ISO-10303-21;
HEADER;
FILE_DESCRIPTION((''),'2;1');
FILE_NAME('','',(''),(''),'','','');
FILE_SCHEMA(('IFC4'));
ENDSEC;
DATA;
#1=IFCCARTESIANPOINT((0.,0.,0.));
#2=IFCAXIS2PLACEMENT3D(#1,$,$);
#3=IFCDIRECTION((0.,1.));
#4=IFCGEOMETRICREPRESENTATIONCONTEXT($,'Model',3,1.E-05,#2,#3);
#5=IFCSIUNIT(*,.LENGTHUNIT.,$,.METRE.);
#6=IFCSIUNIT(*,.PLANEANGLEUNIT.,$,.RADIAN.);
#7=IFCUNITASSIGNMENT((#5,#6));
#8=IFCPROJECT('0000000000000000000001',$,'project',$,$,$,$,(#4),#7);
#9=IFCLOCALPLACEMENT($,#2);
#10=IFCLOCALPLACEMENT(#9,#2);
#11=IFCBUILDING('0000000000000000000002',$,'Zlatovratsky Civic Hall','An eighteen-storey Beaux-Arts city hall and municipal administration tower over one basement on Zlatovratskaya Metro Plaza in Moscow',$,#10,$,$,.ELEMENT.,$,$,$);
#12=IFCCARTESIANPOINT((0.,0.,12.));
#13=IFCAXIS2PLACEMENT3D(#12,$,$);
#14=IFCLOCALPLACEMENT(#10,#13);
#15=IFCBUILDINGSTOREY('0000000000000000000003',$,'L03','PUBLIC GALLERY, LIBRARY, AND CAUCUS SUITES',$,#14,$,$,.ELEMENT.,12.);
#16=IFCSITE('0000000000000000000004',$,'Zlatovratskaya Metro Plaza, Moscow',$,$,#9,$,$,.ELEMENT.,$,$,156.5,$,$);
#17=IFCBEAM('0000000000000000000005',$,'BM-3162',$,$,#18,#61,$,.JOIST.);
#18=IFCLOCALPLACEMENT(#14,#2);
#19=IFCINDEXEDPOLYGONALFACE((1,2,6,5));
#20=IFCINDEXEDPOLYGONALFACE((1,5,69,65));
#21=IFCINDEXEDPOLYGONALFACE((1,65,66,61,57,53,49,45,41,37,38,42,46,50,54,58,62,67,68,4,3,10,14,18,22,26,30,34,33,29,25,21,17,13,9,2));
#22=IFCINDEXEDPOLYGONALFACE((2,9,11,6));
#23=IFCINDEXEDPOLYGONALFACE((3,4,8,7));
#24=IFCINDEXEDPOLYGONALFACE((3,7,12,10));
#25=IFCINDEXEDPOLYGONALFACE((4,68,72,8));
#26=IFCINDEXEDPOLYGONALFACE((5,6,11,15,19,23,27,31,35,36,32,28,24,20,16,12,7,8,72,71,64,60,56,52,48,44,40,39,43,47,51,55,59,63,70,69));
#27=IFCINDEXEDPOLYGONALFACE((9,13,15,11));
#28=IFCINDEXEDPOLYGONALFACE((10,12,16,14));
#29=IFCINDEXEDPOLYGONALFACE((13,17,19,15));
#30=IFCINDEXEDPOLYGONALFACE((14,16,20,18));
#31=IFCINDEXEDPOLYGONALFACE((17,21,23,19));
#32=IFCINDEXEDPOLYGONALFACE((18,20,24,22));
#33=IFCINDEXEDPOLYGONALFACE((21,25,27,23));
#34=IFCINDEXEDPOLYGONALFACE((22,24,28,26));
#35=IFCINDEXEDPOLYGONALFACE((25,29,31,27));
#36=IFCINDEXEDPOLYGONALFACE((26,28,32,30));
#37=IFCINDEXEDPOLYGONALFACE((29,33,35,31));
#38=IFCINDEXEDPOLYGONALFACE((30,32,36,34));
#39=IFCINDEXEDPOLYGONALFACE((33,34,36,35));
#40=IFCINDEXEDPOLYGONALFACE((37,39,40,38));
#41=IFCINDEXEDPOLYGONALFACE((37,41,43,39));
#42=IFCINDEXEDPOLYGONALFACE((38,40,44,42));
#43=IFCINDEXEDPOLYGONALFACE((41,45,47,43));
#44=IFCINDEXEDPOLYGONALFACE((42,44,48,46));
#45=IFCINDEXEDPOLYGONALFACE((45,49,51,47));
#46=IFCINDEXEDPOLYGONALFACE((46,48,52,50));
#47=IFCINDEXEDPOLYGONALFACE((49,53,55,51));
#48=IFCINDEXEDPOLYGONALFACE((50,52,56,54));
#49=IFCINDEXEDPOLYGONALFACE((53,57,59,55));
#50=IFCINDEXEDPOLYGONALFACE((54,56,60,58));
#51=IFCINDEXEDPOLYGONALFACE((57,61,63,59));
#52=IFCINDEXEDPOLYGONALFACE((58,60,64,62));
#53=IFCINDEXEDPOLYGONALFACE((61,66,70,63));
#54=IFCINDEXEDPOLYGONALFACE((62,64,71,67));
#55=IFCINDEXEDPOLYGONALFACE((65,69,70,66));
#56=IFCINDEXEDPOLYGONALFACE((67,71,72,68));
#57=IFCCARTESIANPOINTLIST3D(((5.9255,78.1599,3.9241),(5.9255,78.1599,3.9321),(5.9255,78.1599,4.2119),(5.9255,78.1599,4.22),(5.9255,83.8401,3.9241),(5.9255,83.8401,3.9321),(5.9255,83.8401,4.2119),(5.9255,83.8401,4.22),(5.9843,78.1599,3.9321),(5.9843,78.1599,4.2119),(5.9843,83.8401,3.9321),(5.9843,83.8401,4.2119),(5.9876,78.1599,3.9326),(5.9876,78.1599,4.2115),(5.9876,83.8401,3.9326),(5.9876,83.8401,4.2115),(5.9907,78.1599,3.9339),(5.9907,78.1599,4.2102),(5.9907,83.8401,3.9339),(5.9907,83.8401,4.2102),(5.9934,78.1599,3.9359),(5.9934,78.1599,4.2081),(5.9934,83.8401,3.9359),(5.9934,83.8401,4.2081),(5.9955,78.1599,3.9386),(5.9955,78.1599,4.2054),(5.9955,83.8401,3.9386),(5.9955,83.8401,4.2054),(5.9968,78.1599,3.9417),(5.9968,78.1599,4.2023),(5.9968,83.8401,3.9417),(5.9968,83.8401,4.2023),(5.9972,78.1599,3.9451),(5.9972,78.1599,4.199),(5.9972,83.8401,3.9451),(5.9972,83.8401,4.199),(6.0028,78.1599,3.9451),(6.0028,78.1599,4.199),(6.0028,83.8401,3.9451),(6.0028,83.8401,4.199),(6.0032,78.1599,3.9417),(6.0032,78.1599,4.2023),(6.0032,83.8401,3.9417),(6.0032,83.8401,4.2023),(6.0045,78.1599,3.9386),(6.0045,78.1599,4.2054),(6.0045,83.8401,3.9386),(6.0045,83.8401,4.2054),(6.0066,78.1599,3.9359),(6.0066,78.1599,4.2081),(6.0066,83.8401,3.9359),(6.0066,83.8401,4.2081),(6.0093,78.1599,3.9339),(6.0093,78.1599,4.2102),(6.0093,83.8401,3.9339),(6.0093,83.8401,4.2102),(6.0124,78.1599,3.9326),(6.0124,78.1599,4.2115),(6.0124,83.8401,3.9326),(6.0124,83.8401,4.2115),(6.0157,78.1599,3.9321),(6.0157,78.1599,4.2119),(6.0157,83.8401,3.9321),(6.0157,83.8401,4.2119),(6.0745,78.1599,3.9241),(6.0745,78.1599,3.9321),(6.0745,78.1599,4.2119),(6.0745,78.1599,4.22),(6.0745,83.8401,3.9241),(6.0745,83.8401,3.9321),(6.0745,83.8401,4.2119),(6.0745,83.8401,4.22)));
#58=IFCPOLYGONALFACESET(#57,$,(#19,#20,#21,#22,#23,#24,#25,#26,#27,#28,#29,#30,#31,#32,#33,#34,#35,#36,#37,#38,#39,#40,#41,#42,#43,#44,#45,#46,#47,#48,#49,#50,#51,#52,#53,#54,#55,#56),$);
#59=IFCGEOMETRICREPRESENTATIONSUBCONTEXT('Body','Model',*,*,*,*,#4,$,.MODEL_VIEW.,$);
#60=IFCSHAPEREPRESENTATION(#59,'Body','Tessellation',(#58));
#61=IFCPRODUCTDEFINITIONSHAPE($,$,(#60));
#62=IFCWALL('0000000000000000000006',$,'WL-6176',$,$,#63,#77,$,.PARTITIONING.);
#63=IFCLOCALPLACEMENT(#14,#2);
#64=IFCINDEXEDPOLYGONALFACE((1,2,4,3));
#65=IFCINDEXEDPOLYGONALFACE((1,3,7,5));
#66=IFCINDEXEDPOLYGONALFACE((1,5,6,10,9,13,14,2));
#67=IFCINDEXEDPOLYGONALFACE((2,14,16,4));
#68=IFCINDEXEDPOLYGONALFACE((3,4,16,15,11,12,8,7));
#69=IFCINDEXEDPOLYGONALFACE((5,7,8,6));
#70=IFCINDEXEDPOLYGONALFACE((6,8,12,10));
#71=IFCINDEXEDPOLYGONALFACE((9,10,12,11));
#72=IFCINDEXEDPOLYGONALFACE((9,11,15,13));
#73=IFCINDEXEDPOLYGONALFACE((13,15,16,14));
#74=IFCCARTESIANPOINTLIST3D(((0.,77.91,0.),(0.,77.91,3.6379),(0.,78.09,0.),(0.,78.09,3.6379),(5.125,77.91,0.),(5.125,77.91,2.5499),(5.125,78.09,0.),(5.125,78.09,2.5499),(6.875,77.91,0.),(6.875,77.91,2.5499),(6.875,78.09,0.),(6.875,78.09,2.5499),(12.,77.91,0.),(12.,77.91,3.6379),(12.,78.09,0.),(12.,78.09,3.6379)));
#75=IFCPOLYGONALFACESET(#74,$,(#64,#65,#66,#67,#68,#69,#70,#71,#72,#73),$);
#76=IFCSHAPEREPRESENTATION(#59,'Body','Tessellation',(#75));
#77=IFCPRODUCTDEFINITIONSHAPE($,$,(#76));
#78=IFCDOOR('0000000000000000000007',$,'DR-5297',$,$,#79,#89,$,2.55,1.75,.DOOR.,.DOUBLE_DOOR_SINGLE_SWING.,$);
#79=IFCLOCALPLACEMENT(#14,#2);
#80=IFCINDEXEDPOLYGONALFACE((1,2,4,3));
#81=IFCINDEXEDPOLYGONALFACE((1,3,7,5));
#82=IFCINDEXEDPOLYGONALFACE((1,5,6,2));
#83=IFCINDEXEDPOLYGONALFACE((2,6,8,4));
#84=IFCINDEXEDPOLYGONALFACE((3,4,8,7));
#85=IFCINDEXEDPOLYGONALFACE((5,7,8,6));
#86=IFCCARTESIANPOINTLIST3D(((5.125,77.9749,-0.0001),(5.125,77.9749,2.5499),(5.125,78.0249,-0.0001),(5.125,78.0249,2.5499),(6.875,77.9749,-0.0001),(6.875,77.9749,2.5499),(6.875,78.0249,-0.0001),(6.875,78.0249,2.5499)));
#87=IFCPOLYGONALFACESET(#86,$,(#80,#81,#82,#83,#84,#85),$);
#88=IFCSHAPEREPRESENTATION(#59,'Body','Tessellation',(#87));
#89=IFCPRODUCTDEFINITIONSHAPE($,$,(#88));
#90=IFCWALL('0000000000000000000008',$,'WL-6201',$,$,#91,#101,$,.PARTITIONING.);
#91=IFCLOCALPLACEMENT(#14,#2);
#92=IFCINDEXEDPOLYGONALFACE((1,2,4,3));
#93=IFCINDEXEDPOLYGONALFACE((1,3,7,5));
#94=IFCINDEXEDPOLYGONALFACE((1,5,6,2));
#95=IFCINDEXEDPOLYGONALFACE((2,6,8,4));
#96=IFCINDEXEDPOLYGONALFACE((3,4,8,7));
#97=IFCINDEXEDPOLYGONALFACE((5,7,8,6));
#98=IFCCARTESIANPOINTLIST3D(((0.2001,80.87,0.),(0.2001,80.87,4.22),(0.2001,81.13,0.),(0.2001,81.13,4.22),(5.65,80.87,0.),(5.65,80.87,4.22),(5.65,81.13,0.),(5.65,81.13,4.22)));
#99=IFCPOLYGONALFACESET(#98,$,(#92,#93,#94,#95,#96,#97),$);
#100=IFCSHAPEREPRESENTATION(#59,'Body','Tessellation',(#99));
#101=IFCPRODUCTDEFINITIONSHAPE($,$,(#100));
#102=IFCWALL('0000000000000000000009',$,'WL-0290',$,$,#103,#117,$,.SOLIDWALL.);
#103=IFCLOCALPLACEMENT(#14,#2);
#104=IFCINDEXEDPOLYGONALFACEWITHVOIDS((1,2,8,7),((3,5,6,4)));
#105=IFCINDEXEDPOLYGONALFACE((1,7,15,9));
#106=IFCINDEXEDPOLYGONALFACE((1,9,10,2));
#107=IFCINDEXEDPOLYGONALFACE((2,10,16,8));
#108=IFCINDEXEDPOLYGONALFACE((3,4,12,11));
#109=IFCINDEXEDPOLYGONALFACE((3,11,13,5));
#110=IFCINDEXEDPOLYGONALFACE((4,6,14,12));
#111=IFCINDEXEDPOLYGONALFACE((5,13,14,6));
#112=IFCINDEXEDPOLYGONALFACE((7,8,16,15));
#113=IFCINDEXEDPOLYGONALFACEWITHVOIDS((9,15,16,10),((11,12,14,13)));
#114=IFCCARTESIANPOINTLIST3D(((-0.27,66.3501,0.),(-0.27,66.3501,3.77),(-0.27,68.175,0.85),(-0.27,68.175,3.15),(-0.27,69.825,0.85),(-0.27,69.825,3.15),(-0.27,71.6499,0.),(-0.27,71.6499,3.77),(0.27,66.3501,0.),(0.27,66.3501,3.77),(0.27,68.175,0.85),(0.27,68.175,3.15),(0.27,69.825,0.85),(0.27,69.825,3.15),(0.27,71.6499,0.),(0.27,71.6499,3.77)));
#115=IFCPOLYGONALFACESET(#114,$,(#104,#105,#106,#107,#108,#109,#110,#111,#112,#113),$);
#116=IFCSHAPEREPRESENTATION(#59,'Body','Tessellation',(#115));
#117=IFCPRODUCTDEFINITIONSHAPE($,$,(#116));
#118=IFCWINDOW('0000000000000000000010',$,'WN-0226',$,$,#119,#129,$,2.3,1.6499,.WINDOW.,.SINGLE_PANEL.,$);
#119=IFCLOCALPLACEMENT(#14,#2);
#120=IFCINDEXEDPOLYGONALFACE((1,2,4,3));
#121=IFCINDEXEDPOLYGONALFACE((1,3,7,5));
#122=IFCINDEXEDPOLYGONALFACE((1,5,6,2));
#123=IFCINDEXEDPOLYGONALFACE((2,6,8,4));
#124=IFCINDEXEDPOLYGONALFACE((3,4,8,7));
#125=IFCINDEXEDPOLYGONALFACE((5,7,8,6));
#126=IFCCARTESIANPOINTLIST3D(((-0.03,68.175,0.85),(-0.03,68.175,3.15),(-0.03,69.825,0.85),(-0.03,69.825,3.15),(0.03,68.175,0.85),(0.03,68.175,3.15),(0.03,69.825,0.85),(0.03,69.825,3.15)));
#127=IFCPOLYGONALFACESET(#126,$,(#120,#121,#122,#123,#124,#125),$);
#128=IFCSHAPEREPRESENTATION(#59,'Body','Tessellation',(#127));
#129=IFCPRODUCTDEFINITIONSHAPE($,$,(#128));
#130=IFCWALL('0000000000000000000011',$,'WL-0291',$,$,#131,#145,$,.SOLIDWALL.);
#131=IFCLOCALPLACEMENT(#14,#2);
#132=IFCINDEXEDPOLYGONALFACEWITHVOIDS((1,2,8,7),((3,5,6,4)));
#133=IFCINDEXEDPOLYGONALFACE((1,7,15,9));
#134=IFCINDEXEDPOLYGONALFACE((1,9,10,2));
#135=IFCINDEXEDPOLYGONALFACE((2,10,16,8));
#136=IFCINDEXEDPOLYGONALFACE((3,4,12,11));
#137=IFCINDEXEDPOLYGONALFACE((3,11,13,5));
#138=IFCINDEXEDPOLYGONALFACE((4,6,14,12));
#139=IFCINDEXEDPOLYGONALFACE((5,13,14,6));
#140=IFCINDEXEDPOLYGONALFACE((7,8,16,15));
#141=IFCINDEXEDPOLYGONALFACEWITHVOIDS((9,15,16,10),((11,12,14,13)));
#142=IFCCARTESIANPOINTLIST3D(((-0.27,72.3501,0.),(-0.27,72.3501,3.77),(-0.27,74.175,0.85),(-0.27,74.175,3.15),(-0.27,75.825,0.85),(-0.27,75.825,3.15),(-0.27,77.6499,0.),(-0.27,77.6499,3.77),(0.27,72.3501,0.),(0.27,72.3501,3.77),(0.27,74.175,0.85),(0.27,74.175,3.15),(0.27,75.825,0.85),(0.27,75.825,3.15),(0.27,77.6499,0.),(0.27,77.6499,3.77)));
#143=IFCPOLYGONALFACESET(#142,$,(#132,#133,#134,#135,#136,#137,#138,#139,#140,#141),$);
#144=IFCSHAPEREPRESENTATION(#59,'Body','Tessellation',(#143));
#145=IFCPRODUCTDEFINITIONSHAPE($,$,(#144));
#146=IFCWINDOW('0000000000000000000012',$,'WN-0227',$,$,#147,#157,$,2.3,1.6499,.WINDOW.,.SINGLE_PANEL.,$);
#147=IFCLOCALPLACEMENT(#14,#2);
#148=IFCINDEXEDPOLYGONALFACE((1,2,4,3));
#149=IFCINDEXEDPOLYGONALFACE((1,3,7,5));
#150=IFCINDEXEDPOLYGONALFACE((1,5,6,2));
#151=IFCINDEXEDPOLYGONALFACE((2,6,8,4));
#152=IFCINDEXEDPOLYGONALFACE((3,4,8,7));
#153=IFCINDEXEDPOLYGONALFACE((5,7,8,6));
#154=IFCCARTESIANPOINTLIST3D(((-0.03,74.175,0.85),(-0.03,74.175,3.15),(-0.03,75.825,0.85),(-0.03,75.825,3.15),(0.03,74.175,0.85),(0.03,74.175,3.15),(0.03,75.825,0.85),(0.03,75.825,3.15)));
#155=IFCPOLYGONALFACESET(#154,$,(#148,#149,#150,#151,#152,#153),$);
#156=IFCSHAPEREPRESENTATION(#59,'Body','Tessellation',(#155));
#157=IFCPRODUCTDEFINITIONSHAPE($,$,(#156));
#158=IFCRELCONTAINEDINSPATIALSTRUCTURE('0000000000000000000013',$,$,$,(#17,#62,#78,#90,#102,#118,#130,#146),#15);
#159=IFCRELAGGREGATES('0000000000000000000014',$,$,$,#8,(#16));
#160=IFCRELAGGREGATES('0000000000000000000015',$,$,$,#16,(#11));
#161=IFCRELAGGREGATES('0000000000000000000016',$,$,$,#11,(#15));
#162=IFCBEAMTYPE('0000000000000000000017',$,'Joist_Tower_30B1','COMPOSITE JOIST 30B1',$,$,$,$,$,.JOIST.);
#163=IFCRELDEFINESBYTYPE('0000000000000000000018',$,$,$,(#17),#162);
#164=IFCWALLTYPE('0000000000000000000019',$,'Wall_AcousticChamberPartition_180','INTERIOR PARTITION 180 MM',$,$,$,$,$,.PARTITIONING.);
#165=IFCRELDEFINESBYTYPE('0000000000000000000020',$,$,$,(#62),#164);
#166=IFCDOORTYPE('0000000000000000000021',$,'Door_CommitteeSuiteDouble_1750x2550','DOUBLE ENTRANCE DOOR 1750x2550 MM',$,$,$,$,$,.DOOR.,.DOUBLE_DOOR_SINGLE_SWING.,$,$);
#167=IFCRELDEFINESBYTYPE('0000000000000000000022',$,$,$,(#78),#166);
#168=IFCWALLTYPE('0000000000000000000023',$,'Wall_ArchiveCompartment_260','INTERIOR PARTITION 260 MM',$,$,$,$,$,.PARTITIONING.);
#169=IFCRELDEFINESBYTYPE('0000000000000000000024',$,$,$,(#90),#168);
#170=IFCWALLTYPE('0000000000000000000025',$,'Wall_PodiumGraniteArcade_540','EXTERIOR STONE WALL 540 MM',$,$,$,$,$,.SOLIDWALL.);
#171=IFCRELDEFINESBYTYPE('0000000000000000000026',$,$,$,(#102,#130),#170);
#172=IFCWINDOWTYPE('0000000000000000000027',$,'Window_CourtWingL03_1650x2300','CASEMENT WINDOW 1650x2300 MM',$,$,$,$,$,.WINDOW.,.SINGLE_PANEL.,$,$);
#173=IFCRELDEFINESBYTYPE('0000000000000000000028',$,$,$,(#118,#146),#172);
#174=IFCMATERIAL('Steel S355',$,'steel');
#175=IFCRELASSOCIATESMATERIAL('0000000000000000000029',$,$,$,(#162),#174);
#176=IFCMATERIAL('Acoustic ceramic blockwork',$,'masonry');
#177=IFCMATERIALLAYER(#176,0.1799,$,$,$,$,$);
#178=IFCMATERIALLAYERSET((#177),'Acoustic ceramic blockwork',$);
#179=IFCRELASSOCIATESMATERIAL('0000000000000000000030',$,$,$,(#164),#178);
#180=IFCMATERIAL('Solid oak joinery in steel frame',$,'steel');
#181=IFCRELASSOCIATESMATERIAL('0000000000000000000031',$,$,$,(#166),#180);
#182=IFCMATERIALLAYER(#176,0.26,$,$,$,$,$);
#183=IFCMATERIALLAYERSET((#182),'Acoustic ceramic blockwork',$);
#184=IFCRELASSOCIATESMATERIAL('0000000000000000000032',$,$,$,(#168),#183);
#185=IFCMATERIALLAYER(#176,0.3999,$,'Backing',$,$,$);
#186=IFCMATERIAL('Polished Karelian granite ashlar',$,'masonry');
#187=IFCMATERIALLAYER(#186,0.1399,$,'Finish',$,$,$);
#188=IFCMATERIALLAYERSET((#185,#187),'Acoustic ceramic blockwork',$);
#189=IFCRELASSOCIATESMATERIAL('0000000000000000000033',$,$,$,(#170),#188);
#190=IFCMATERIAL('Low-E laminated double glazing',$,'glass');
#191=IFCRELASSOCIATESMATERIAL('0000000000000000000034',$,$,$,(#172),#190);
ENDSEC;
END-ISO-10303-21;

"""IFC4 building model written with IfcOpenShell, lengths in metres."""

from ifc_helpers import new_model, si_unit, direction, frame, frame_2d, origin, origin_2d, place, context, subcontext, project, spatial, rectangle, i_section, extrude, material, layer, layer_set, material_profile, profile_set, type_object, element, fill, save


model = new_model("IFC4")

# Units and contexts
model_context = context("Model", 3, precision=1e-05, world=origin(), true_north=direction((0.0, 1.0)))
body_context = subcontext(model_context, "Body", "Model", "MODEL_VIEW")
ifc_project = project(units=[si_unit("LENGTHUNIT", "METRE"), si_unit("PLANEANGLEUNIT", "RADIAN")], contexts=[model_context])

# Site, building, storey
site_placement = place(None, origin())
site = spatial("IfcSite", under=ifc_project, at=site_placement, Name="Zlatovratskaya Metro Plaza, Moscow", CompositionType="ELEMENT", RefElevation=156.5)
building_placement = place(site_placement, origin())
building = spatial("IfcBuilding", under=site, at=building_placement, Name="Zlatovratsky Civic Hall", Description="An eighteen-storey Beaux-Arts city hall and municipal administration tower over one basement on Zlatovratskaya Metro Plaza in Moscow", CompositionType="ELEMENT")
storey_placement = place(building_placement, frame((0.0, 0.0, 12.0)))
storey = spatial("IfcBuildingStorey", under=building, at=storey_placement, Name="L03", Description="PUBLIC GALLERY, LIBRARY, AND CAUCUS SUITES", CompositionType="ELEMENT", Elevation=12.0)

# Beam
ifc_material_1 = material(Name="Steel S355", Category="steel")
ifc_material_profile_1 = material_profile(ifc_material_1, i_section(OverallWidth=0.1489, OverallDepth=0.2959, WebThickness=0.0056, FlangeThickness=0.0081, FilletRadius=0.0129, at=origin_2d()), Name="30B1")
ifc_profile_set_1 = profile_set([ifc_material_profile_1], Name="Steel S355")
beam_type_1 = type_object("IfcBeamType", Name="Joist_Tower_30B1", Description="COMPOSITE JOIST 30B1", PredefinedType="JOIST", material=ifc_profile_set_1)
for number, where, z_axis, x_axis, name in (
    (1, (6.0, 78.1599, 4.072), (0.0, 1.0, 0.0), (-1.0, 0.0, 0.0), "BM-3162"),
):
    element("IfcBeam", number, at=place(storey_placement, frame(where, z_axis=z_axis, x_axis=x_axis)), inside=storey, type_object=beam_type_1, Name=name, PredefinedType="JOIST", context=body_context, shape_type="SweptSolid", body=[
        extrude(i_section(OverallWidth=0.1489, OverallDepth=0.2959, WebThickness=0.0056, FlangeThickness=0.0081, FilletRadius=0.0129, at=origin_2d()), origin(), (0.0, 0.0, 1.0), 5.6802),
    ])

# Wall, opening, door
ifc_material_2 = material(Name="Acoustic ceramic blockwork", Category="masonry")
ifc_layer_1 = layer(ifc_material_2, 0.1799)
ifc_layer_set_1 = layer_set([ifc_layer_1], Name="Acoustic ceramic blockwork")
wall_type_1 = type_object("IfcWallType", Name="Wall_AcousticChamberPartition_180", Description="INTERIOR PARTITION 180 MM", PredefinedType="PARTITIONING", material=ifc_layer_set_1)
wall_1_placement = place(storey_placement, frame((0.0, 78.0, 0.0), z_axis=(0.0, 0.0, 1.0), x_axis=(1.0, 0.0, 0.0)))
wall_1 = element("IfcWall", 2, at=wall_1_placement, inside=storey, type_object=wall_type_1, Name="WL-6176", PredefinedType="PARTITIONING", context=body_context, shape_type="SweptSolid", body=[
    extrude(rectangle(XDim=12.0, YDim=0.1799, at=frame_2d((6.0, 0.0))), origin(), (0.0, 0.0, 1.0), 3.6379),
])
opening_1_placement = place(wall_1_placement, frame((5.125, 0.0, 0.0)))
opening_1 = element("IfcOpeningElement", 3, at=opening_1_placement, cuts=wall_1, PredefinedType="OPENING", context=body_context, shape_type="SweptSolid", body=[
    extrude(rectangle(XDim=1.75, YDim=2.55, at=frame_2d((0.875, 1.2749))), frame((0.0, 0.105, 0.0), z_axis=(0.0, -1.0, 0.0), x_axis=(1.0, 0.0, 0.0)), (0.0, 0.0, 1.0), 0.2097),
])
ifc_material_3 = material(Name="Solid oak joinery in steel frame", Category="steel")
door_type = type_object("IfcDoorType", Name="Door_CommitteeSuiteDouble_1750x2550", Description="DOUBLE ENTRANCE DOOR 1750x2550 MM", OperationType="DOUBLE_DOOR_SINGLE_SWING", PredefinedType="DOOR", material=ifc_material_3)
door_placement = place(opening_1_placement, origin())
door = element("IfcDoor", 4, at=door_placement, inside=storey, type_object=door_type, Name="DR-5297", OperationType="DOUBLE_DOOR_SINGLE_SWING", OverallHeight=2.55, OverallWidth=1.75, PredefinedType="DOOR", context=body_context, shape_type="SweptSolid", body=[
    extrude(rectangle(XDim=1.75, YDim=2.55, at=frame_2d((0.875, 1.2749))), frame((0.0, 0.0249, 0.0), z_axis=(0.0, -1.0, 0.0), x_axis=(1.0, 0.0, 0.0)), (0.0, 0.0, 1.0), 0.05),
])
fill(opening_1, door)

# Wall
ifc_layer_2 = layer(ifc_material_2, 0.26)
ifc_layer_set_2 = layer_set([ifc_layer_2], Name="Acoustic ceramic blockwork")
wall_type_2 = type_object("IfcWallType", Name="Wall_ArchiveCompartment_260", Description="INTERIOR PARTITION 260 MM", PredefinedType="PARTITIONING", material=ifc_layer_set_2)
wall_2_placement = place(storey_placement, frame((0.2, 81.0, 0.0), z_axis=(0.0, 0.0, 1.0), x_axis=(1.0, 0.0, 0.0)))
element("IfcWall", 5, at=wall_2_placement, inside=storey, type_object=wall_type_2, Name="WL-6201", PredefinedType="PARTITIONING", context=body_context, shape_type="SweptSolid", body=[
    extrude(rectangle(XDim=5.45, YDim=0.26, at=frame_2d((2.7251, 0.0))), origin(), (0.0, 0.0, 1.0), 4.22),
])

# Walls, openings, windows
ifc_layer_3 = layer(ifc_material_2, 0.3999, Name="Backing")
ifc_material_4 = material(Name="Polished Karelian granite ashlar", Category="masonry")
ifc_layer_4 = layer(ifc_material_4, 0.1399, Name="Finish")
ifc_layer_set_3 = layer_set([ifc_layer_3, ifc_layer_4], Name="Acoustic ceramic blockwork")
wall_type_3 = type_object("IfcWallType", Name="Wall_PodiumGraniteArcade_540", Description="EXTERIOR STONE WALL 540 MM", PredefinedType="SOLIDWALL", material=ifc_layer_set_3)
wall_3_placement = place(storey_placement, frame((0.0, 66.3501, 0.0), z_axis=(0.0, 0.0, 1.0), x_axis=(0.0, 1.0, 0.0)))
wall_3 = element("IfcWall", 6, at=wall_3_placement, inside=storey, type_object=wall_type_3, Name="WL-0290", PredefinedType="SOLIDWALL", context=body_context, shape_type="SweptSolid", body=[
    extrude(rectangle(XDim=5.2998, YDim=0.54, at=frame_2d((2.6499, 0.0))), origin(), (0.0, 0.0, 1.0), 3.77),
])
opening_2_placement = place(wall_3_placement, frame((1.825, 0.0, 0.8501)))
opening_2 = element("IfcOpeningElement", 7, at=opening_2_placement, cuts=wall_3, PredefinedType="OPENING", context=body_context, shape_type="SweptSolid", body=[
    extrude(rectangle(XDim=1.6499, YDim=2.3, at=frame_2d((0.825, 1.1499))), frame((0.0, 0.2849, 0.0), z_axis=(0.0, -1.0, 0.0), x_axis=(1.0, 0.0, 0.0)), (0.0, 0.0, 1.0), 0.5698),
])
ifc_material_5 = material(Name="Low-E laminated double glazing", Category="glass")
window_type = type_object("IfcWindowType", Name="Window_CourtWingL03_1650x2300", Description="CASEMENT WINDOW 1650x2300 MM", PartitioningType="SINGLE_PANEL", PredefinedType="WINDOW", material=ifc_material_5)
window_1_placement = place(opening_2_placement, origin())
window_1 = element("IfcWindow", 8, at=window_1_placement, inside=storey, type_object=window_type, Name="WN-0226", OverallHeight=2.3, OverallWidth=1.6499, PartitioningType="SINGLE_PANEL", PredefinedType="WINDOW", context=body_context, shape_type="SweptSolid", body=[
    extrude(rectangle(XDim=1.6499, YDim=2.3, at=frame_2d((0.825, 1.1499))), frame((0.0, 0.03, 0.0), z_axis=(0.0, -1.0, 0.0), x_axis=(1.0, 0.0, 0.0)), (0.0, 0.0, 1.0), 0.0601),
])
fill(opening_2, window_1)
wall_4_placement = place(storey_placement, frame((0.0, 72.3501, 0.0), z_axis=(0.0, 0.0, 1.0), x_axis=(0.0, 1.0, 0.0)))
wall_4 = element("IfcWall", 9, at=wall_4_placement, inside=storey, type_object=wall_type_3, Name="WL-0291", PredefinedType="SOLIDWALL", context=body_context, shape_type="SweptSolid", body=[
    extrude(rectangle(XDim=5.2998, YDim=0.54, at=frame_2d((2.6499, 0.0))), origin(), (0.0, 0.0, 1.0), 3.77),
])
opening_3_placement = place(wall_4_placement, frame((1.825, 0.0, 0.8501)))
opening_3 = element("IfcOpeningElement", 10, at=opening_3_placement, cuts=wall_4, PredefinedType="OPENING", context=body_context, shape_type="SweptSolid", body=[
    extrude(rectangle(XDim=1.6499, YDim=2.3, at=frame_2d((0.825, 1.1499))), frame((0.0, 0.2849, 0.0), z_axis=(0.0, -1.0, 0.0), x_axis=(1.0, 0.0, 0.0)), (0.0, 0.0, 1.0), 0.5698),
])
window_2_placement = place(opening_3_placement, origin())
window_2 = element("IfcWindow", 11, at=window_2_placement, inside=storey, type_object=window_type, Name="WN-0227", OverallHeight=2.3, OverallWidth=1.6499, PartitioningType="SINGLE_PANEL", PredefinedType="WINDOW", context=body_context, shape_type="SweptSolid", body=[
    extrude(rectangle(XDim=1.6499, YDim=2.3, at=frame_2d((0.825, 1.1499))), frame((0.0, 0.03, 0.0), z_axis=(0.0, -1.0, 0.0), x_axis=(1.0, 0.0, 0.0)), (0.0, 0.0, 1.0), 0.0601),
])
fill(opening_3, window_2)

save(model, "model.ifc")
